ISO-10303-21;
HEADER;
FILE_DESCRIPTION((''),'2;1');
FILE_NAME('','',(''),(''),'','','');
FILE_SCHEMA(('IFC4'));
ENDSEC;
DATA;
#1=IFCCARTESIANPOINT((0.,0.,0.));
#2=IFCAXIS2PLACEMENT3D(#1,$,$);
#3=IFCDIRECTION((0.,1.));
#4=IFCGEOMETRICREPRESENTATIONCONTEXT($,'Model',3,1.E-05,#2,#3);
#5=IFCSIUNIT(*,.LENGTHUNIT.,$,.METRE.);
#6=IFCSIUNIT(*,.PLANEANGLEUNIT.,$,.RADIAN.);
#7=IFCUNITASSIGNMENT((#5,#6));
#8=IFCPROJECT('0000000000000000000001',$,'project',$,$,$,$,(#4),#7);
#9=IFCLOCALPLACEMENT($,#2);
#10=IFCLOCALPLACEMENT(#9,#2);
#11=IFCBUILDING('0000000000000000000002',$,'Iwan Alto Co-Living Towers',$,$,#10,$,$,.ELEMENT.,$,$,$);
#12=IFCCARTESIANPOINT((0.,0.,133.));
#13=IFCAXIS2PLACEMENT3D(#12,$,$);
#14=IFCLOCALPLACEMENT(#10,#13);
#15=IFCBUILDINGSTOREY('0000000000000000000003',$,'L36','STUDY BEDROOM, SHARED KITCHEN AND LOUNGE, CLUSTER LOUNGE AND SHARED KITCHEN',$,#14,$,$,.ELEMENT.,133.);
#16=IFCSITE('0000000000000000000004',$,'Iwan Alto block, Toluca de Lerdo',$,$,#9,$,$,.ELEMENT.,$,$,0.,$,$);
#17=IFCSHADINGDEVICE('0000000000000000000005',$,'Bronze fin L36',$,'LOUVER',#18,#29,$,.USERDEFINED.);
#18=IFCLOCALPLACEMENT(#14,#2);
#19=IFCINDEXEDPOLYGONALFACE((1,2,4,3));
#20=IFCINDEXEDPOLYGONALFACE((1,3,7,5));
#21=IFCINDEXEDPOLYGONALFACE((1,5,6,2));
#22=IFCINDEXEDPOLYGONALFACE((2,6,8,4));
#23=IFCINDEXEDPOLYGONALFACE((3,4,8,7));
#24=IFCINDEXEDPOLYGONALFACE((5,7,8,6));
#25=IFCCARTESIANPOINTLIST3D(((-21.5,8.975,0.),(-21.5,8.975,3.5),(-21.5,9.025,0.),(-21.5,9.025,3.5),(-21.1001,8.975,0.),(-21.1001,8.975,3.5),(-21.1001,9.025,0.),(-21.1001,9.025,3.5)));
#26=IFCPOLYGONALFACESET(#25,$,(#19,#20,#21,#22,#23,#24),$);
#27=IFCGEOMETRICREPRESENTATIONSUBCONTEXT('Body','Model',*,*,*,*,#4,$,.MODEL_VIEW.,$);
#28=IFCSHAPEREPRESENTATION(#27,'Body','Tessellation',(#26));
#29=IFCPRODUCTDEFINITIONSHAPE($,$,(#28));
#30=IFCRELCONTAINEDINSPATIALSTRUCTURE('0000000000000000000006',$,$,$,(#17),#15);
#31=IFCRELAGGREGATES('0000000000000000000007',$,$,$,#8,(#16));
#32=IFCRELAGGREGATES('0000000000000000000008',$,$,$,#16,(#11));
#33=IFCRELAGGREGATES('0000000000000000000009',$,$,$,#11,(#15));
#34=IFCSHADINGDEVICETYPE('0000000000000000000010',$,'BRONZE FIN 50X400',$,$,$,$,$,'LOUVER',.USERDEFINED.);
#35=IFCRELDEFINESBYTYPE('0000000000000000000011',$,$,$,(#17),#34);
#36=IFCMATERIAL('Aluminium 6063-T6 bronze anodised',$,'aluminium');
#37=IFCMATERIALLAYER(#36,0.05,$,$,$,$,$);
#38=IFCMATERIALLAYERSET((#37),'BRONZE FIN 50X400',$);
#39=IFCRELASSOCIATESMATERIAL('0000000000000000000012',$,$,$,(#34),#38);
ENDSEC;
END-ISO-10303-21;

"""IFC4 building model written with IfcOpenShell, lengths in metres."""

from ifc_helpers import new_model, si_unit, direction, frame, origin, origin_2d, place, context, subcontext, project, spatial, rectangle, extrude, material, layer, layer_set, type_object, element, save


model = new_model("IFC4")

# Units and contexts
model_context = context("Model", 3, precision=1e-05, world=origin(), true_north=direction((0.0, 1.0)))
body_context = subcontext(model_context, "Body", "Model", "MODEL_VIEW")
ifc_project = project(units=[si_unit("LENGTHUNIT", "METRE"), si_unit("PLANEANGLEUNIT", "RADIAN")], contexts=[model_context])

# Site, building, storey
site_placement = place(None, origin())
site = spatial("IfcSite", under=ifc_project, at=site_placement, Name="Iwan Alto block, Toluca de Lerdo", CompositionType="ELEMENT", RefElevation=0.0)
building_placement = place(site_placement, origin())
building = spatial("IfcBuilding", under=site, at=building_placement, Name="Iwan Alto Co-Living Towers", CompositionType="ELEMENT")
storey_placement = place(building_placement, frame((0.0, 0.0, 133.0)))
storey = spatial("IfcBuildingStorey", under=building, at=storey_placement, Name="L36", Description="STUDY BEDROOM, SHARED KITCHEN AND LOUNGE, CLUSTER LOUNGE AND SHARED KITCHEN", CompositionType="ELEMENT", Elevation=133.0)

# Shading device
ifc_material_1 = material(Name="Aluminium 6063-T6 bronze anodised", Category="aluminium")
ifc_layer_1 = layer(ifc_material_1, 0.05)
ifc_layer_set_1 = layer_set([ifc_layer_1], Name="BRONZE FIN 50X400")
shading_device_type = type_object("IfcShadingDeviceType", Name="BRONZE FIN 50X400", ElementType="LOUVER", PredefinedType="USERDEFINED", material=ifc_layer_set_1)
shading_device_placement = place(storey_placement, frame((-21.3, 9.0, 0.0), z_axis=(0.0, 0.0, 1.0), x_axis=(0.0, -1.0, 0.0)))
element("IfcShadingDevice", 1, at=shading_device_placement, inside=storey, type_object=shading_device_type, Name="Bronze fin L36", ObjectType="LOUVER", PredefinedType="USERDEFINED", context=body_context, shape_type="SweptSolid", body=[
    extrude(rectangle(XDim=0.05, YDim=0.3999, at=origin_2d()), origin(), (0.0, 0.0, 1.0), 3.5),
])

save(model, "model.ifc")
